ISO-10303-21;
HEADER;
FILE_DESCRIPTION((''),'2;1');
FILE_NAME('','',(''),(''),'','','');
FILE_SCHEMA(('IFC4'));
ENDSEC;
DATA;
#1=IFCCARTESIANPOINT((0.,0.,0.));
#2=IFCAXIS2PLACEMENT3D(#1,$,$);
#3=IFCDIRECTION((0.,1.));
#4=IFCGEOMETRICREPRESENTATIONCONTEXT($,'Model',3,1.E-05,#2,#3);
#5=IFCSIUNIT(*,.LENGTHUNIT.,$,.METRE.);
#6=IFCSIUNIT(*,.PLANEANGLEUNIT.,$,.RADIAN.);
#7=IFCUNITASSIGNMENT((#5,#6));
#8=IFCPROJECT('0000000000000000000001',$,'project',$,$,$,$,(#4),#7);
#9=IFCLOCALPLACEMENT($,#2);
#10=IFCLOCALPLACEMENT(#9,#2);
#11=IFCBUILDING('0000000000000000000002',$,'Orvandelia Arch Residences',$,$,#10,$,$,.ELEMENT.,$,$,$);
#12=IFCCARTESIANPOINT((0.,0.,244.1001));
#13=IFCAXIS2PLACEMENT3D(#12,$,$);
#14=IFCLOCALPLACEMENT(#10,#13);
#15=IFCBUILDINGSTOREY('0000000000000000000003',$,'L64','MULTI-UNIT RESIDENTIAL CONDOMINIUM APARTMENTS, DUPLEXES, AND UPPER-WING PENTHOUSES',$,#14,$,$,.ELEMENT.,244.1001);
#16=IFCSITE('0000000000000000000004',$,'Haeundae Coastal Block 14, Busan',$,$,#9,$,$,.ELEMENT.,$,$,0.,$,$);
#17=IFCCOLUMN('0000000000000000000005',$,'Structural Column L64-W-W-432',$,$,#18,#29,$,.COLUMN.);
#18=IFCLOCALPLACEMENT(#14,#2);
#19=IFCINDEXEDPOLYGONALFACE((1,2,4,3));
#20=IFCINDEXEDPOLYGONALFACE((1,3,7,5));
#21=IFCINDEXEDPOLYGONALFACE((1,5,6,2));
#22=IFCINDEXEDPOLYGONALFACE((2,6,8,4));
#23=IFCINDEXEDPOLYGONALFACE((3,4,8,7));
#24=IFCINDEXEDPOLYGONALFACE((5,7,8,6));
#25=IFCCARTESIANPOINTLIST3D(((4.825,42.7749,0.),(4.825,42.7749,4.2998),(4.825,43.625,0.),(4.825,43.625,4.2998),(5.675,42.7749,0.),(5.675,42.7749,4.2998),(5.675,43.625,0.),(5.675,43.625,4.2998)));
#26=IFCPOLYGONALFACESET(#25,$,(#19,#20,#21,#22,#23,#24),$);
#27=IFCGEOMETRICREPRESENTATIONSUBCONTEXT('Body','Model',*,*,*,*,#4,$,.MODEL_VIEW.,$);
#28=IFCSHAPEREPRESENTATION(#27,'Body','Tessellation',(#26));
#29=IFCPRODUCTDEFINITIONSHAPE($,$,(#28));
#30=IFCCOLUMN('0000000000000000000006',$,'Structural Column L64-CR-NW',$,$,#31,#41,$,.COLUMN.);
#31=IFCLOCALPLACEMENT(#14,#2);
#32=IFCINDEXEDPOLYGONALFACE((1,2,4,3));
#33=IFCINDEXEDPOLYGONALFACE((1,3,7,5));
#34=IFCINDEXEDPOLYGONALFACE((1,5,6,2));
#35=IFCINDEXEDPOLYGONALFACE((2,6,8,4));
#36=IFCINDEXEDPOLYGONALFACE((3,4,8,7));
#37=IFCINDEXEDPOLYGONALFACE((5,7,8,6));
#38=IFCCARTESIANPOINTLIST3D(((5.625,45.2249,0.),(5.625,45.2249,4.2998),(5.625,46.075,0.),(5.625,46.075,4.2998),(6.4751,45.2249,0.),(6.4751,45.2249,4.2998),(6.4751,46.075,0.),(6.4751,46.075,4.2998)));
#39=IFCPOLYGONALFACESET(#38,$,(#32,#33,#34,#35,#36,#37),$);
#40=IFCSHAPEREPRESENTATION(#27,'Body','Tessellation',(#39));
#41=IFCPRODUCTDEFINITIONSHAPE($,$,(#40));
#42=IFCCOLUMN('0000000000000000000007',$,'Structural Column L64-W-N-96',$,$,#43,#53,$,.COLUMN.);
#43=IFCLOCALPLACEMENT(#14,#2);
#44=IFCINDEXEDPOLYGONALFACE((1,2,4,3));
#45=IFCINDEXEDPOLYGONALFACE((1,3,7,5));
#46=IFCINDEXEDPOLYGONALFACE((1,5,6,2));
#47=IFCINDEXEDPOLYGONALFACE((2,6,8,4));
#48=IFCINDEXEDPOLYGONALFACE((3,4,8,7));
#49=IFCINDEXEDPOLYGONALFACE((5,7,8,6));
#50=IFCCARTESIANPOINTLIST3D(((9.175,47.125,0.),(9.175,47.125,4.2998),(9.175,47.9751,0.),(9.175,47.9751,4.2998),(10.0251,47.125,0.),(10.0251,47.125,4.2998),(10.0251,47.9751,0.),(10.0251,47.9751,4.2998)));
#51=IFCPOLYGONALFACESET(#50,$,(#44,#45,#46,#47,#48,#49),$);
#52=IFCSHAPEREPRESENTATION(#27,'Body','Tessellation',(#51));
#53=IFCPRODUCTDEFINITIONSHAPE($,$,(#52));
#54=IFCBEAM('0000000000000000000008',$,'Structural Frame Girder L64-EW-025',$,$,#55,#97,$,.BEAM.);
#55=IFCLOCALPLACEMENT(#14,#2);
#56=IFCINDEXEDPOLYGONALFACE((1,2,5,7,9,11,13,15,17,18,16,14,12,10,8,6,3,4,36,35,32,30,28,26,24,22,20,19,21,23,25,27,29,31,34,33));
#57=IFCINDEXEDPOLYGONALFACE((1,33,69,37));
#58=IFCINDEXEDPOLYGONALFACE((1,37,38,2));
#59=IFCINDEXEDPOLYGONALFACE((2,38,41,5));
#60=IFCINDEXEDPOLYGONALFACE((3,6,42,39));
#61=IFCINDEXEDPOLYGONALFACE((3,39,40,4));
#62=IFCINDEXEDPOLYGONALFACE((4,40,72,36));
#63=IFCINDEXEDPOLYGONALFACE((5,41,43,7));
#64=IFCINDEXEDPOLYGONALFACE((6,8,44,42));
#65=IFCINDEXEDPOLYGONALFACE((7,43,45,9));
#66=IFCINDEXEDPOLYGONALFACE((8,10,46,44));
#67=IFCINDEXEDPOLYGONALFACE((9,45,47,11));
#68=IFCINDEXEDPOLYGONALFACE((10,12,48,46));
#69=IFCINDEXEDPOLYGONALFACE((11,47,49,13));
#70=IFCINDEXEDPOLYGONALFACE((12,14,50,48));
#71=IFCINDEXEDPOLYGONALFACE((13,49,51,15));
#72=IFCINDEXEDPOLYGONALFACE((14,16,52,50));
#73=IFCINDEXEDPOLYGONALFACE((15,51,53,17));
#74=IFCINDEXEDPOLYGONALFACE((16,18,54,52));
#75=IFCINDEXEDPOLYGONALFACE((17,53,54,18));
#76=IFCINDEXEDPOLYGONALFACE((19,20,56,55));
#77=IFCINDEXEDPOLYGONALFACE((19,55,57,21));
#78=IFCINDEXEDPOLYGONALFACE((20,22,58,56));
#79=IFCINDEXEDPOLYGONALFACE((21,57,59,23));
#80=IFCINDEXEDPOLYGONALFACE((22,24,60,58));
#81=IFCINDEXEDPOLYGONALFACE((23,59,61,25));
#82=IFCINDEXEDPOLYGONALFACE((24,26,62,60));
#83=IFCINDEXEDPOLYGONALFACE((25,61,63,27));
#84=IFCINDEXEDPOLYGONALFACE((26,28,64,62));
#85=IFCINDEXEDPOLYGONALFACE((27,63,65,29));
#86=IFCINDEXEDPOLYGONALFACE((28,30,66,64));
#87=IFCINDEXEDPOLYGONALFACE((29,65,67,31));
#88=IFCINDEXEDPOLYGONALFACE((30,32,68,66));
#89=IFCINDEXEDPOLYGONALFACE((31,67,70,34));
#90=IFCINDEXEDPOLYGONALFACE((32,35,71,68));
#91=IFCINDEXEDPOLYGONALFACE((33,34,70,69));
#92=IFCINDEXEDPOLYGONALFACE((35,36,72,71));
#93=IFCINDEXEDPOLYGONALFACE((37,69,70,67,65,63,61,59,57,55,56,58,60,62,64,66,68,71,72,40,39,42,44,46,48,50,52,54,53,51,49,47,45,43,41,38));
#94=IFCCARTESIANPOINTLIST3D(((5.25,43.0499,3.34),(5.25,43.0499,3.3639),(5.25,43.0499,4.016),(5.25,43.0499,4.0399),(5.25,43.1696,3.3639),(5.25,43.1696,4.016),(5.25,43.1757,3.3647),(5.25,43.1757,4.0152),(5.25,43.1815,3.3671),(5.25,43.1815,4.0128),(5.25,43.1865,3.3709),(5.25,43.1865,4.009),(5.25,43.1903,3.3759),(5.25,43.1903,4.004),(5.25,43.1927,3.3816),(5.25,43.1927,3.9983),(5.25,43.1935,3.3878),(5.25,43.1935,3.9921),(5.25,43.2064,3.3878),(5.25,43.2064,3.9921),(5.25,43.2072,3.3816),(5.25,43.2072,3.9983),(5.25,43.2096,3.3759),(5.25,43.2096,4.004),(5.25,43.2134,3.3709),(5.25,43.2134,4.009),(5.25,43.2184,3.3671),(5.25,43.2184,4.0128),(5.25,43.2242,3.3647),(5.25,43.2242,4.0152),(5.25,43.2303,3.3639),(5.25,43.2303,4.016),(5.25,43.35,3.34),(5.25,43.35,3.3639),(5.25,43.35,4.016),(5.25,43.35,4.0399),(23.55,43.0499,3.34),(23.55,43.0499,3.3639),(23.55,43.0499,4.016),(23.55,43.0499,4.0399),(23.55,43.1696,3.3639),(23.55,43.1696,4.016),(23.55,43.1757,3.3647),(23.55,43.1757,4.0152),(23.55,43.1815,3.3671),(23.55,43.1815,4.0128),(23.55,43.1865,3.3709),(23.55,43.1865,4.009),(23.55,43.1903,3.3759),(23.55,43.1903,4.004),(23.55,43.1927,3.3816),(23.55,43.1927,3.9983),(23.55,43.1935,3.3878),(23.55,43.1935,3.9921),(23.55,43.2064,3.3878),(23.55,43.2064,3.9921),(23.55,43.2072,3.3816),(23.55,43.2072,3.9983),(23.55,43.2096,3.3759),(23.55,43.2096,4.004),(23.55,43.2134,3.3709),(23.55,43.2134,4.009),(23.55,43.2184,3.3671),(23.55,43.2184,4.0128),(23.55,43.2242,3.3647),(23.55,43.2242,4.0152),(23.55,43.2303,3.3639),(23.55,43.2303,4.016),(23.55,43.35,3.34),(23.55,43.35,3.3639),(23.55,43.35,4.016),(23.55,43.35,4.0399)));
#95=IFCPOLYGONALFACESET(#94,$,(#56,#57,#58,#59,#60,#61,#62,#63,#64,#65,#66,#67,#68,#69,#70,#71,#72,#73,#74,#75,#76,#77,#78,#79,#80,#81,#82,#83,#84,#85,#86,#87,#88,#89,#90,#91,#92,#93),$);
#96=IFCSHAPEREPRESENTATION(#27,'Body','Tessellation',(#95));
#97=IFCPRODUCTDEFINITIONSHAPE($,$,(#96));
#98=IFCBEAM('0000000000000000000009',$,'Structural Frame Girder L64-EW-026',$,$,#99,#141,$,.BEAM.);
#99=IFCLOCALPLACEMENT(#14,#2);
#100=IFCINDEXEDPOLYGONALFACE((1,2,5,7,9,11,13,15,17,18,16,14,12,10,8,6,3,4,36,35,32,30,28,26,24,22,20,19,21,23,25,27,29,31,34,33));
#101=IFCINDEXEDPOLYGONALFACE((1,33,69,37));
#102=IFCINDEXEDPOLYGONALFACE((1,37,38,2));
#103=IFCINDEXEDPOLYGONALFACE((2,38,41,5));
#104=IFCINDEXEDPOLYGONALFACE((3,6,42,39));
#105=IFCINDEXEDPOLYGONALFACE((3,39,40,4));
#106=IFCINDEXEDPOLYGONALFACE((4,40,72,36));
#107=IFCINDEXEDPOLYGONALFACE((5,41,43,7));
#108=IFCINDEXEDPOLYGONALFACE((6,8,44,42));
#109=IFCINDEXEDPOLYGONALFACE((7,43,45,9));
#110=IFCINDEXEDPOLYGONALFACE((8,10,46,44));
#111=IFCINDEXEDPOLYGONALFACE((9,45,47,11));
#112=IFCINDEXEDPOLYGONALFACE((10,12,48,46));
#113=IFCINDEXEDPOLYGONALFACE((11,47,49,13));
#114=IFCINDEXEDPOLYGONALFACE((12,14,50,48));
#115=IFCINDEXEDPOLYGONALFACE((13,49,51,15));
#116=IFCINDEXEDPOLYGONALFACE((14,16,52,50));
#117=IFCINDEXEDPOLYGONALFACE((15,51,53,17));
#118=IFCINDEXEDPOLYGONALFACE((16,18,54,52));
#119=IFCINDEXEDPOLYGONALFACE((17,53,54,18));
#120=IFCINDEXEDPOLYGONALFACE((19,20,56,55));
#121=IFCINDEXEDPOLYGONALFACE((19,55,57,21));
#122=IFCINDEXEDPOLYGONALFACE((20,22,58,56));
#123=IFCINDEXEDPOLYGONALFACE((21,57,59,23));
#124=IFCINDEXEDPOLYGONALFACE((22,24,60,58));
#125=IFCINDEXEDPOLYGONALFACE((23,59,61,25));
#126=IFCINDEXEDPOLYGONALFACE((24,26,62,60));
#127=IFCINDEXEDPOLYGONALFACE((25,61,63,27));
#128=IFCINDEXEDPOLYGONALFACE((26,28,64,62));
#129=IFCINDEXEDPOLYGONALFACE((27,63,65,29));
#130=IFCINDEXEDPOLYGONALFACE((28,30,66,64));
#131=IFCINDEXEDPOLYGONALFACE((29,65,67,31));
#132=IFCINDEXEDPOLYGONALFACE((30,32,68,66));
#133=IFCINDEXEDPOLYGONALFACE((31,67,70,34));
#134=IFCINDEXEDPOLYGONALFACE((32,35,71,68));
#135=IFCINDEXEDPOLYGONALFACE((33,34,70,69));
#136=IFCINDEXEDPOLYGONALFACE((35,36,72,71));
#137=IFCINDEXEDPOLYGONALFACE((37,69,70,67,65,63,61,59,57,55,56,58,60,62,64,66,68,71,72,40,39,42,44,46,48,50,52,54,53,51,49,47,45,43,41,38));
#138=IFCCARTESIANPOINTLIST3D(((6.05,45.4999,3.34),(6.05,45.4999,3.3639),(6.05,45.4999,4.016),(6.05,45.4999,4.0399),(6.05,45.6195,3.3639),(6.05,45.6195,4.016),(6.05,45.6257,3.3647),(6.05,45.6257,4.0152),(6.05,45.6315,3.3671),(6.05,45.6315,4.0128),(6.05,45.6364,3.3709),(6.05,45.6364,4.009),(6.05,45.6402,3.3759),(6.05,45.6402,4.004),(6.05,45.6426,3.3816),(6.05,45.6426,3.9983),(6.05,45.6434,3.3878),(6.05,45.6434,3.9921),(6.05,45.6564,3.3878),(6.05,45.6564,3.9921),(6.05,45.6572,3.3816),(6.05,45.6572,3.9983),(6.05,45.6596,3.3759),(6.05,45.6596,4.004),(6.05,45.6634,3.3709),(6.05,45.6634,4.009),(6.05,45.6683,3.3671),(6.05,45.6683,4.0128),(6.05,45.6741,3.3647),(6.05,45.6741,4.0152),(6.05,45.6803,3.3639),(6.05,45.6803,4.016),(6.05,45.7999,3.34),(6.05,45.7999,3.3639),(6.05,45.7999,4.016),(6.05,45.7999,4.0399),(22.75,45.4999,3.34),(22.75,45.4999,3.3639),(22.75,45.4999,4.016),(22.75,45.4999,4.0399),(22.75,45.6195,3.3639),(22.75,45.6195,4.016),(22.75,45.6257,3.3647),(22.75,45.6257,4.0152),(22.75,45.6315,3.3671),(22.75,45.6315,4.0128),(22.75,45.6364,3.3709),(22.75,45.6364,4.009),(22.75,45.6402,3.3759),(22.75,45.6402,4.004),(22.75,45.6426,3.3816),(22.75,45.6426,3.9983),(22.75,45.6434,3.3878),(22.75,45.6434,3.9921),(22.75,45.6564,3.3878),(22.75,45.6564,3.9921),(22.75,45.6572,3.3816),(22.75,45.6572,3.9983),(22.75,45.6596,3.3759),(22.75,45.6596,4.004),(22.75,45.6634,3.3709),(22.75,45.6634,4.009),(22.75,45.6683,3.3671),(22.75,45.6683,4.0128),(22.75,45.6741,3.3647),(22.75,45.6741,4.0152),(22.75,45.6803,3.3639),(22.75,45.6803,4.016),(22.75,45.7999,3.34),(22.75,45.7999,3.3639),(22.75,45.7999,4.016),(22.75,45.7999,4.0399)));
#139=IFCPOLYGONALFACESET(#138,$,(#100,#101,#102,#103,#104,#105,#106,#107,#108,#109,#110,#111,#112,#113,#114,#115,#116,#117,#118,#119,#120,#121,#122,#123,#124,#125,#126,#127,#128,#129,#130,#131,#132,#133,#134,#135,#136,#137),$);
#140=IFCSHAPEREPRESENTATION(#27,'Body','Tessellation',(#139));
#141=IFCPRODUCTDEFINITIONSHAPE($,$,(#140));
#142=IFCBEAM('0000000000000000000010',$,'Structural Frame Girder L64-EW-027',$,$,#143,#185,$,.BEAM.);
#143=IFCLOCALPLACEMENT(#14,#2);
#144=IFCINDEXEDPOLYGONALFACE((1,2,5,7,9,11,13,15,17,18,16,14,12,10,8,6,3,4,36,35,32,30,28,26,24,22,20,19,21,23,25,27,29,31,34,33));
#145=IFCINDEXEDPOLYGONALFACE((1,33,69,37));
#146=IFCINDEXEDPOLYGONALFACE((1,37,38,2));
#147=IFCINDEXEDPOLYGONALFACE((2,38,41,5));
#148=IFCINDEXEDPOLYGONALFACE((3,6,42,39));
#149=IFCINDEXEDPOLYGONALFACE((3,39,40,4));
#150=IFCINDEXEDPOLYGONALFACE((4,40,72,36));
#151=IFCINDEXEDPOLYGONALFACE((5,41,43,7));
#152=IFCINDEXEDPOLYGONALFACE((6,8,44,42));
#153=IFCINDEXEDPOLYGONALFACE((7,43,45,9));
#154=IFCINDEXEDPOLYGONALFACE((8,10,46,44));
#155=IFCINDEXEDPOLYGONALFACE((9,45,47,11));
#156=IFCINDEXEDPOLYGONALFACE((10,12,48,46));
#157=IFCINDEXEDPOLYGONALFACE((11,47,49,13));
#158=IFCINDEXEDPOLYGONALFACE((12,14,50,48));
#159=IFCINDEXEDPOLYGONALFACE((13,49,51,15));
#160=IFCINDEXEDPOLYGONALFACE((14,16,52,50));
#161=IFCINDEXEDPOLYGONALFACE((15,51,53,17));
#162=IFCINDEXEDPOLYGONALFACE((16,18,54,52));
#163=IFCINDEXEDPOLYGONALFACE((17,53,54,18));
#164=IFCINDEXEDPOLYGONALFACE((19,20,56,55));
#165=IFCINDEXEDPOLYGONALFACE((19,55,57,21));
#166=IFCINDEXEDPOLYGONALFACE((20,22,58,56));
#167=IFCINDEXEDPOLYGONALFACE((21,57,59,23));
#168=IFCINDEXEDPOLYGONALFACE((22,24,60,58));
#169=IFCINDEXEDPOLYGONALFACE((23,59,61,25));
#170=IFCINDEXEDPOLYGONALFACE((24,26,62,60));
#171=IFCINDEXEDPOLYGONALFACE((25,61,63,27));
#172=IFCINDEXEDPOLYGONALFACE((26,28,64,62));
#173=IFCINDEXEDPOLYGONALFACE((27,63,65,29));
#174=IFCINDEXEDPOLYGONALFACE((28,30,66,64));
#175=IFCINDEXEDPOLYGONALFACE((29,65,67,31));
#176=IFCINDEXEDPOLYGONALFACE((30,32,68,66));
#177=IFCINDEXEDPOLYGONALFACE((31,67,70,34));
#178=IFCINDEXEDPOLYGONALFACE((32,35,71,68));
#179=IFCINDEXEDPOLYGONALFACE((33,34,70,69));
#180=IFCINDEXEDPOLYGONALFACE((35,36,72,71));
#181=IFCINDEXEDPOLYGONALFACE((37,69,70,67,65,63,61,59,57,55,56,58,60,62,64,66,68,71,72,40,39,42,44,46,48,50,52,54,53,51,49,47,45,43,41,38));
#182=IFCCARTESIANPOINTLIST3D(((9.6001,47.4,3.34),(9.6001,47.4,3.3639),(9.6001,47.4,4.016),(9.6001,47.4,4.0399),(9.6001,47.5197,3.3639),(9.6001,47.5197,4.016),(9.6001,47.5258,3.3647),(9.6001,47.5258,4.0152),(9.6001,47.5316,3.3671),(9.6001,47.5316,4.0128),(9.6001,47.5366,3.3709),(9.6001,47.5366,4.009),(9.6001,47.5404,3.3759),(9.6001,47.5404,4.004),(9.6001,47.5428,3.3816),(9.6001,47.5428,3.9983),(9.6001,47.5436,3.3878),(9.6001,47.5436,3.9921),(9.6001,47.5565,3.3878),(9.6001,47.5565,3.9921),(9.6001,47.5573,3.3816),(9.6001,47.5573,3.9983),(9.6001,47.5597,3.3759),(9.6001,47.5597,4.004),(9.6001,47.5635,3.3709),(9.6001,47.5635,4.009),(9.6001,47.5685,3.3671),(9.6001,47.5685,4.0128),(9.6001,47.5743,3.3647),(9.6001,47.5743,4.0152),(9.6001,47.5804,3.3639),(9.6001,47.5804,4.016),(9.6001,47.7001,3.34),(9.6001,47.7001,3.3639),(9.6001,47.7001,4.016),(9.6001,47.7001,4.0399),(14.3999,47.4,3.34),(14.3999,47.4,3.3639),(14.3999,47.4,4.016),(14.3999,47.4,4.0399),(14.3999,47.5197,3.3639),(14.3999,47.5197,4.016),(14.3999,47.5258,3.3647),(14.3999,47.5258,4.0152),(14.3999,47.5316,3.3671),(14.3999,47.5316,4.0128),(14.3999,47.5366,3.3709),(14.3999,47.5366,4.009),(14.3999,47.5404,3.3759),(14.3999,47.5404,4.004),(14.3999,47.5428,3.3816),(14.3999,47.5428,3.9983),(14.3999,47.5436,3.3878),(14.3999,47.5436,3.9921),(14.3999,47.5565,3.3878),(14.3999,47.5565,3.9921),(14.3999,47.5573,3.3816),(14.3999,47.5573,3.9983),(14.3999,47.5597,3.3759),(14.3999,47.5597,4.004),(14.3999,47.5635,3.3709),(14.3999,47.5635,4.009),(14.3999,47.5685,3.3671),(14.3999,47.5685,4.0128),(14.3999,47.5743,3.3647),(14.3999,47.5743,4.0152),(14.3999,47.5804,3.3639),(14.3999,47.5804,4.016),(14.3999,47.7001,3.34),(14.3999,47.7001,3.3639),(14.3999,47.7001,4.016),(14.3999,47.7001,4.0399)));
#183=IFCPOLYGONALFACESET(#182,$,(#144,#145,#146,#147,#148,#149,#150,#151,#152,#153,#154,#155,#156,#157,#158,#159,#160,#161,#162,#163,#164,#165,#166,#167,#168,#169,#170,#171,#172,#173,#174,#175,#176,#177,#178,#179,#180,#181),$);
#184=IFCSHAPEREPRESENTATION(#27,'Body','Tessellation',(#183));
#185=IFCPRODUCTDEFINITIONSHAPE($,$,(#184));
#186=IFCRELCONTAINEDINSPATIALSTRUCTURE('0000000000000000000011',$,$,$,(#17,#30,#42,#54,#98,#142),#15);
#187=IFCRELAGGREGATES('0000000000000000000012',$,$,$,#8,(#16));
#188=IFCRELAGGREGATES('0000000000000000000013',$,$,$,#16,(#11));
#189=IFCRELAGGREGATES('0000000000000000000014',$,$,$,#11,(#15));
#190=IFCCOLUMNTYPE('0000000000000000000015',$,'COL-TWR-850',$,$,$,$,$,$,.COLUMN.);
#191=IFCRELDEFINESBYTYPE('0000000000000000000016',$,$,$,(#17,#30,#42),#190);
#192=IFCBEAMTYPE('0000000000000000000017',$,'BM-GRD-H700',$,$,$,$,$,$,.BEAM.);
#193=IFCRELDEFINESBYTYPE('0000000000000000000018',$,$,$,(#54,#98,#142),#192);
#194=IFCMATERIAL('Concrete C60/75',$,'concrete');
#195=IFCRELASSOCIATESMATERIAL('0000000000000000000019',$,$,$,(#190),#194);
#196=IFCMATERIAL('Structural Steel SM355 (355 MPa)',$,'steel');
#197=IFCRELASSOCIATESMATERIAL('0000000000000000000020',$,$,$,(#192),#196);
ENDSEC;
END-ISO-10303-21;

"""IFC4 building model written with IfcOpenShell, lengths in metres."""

from ifc_helpers import new_model, si_unit, direction, frame, origin, origin_2d, place, context, subcontext, project, spatial, rectangle, i_section, extrude, material, material_profile, profile_set, type_object, element, save


model = new_model("IFC4")

# Units and contexts
model_context = context("Model", 3, precision=1e-05, world=origin(), true_north=direction((0.0, 1.0)))
body_context = subcontext(model_context, "Body", "Model", "MODEL_VIEW")
ifc_project = project(units=[si_unit("LENGTHUNIT", "METRE"), si_unit("PLANEANGLEUNIT", "RADIAN")], contexts=[model_context])

# Site, building, storey
site_placement = place(None, origin())
site = spatial("IfcSite", under=ifc_project, at=site_placement, Name="Haeundae Coastal Block 14, Busan", CompositionType="ELEMENT", RefElevation=0.0)
building_placement = place(site_placement, origin())
building = spatial("IfcBuilding", under=site, at=building_placement, Name="Orvandelia Arch Residences", CompositionType="ELEMENT")
storey_placement = place(building_placement, frame((0.0, 0.0, 244.1001)))
storey = spatial("IfcBuildingStorey", under=building, at=storey_placement, Name="L64", Description="MULTI-UNIT RESIDENTIAL CONDOMINIUM APARTMENTS, DUPLEXES, AND UPPER-WING PENTHOUSES", CompositionType="ELEMENT", Elevation=244.1001)

# Columns
ifc_material_1 = material(Name="Concrete C60/75", Category="concrete")
ifc_material_profile_1 = material_profile(ifc_material_1, rectangle(XDim=0.8501, YDim=0.8501, at=origin_2d()), Name="Concrete C60/75", Category="concrete")
ifc_profile_set_1 = profile_set([ifc_material_profile_1], Name="Concrete C60/75")
column_type = type_object("IfcColumnType", Name="COL-TWR-850", PredefinedType="COLUMN", material=ifc_profile_set_1)
for number, where, z_axis, x_axis, name in (
    (1, (5.25, 43.2, 0.0), (0.0, 0.0, 1.0), (1.0, 0.0, 0.0), "Structural Column L64-W-W-432"),
    (2, (6.05, 45.6499, 0.0), (0.0, 0.0, 1.0), (1.0, 0.0, 0.0), "Structural Column L64-CR-NW"),
    (3, (9.6001, 47.55, 0.0), (0.0, 0.0, 1.0), (1.0, 0.0, 0.0), "Structural Column L64-W-N-96"),
):
    element("IfcColumn", number, at=place(storey_placement, frame(where, z_axis=z_axis, x_axis=x_axis)), inside=storey, type_object=column_type, Name=name, PredefinedType="COLUMN", context=body_context, shape_type="SweptSolid", body=[
        extrude(rectangle(XDim=0.8501, YDim=0.8501, at=origin_2d()), origin(), (0.0, 0.0, 1.0), 4.2998),
    ])

# Beams
ifc_material_2 = material(Name="Structural Steel SM355 (355 MPa)", Category="steel")
ifc_material_profile_2 = material_profile(ifc_material_2, i_section(OverallWidth=0.3, OverallDepth=0.7, WebThickness=0.0129, FlangeThickness=0.0239, FilletRadius=0.0239, at=origin_2d()), Name="Structural Steel SM355 (355 MPa)", Category="steel")
ifc_profile_set_2 = profile_set([ifc_material_profile_2], Name="Structural Steel SM355 (355 MPa)")
beam_type = type_object("IfcBeamType", Name="BM-GRD-H700", PredefinedType="BEAM", material=ifc_profile_set_2)
beam_1_placement = place(storey_placement, frame((5.25, 43.2, 3.6899), z_axis=(1.0, 0.0, 0.0), x_axis=(0.0, 1.0, 0.0)))
element("IfcBeam", 4, at=beam_1_placement, inside=storey, type_object=beam_type, Name="Structural Frame Girder L64-EW-025", PredefinedType="BEAM", context=body_context, shape_type="SweptSolid", body=[
    extrude(i_section(OverallWidth=0.3, OverallDepth=0.7, WebThickness=0.0129, FlangeThickness=0.0239, FilletRadius=0.0239, at=origin_2d()), origin(), (0.0, 0.0, 1.0), 18.3),
])
beam_2_placement = place(storey_placement, frame((6.05, 45.6499, 3.6899), z_axis=(1.0, 0.0, 0.0), x_axis=(0.0, 1.0, 0.0)))
element("IfcBeam", 5, at=beam_2_placement, inside=storey, type_object=beam_type, Name="Structural Frame Girder L64-EW-026", PredefinedType="BEAM", context=body_context, shape_type="SweptSolid", body=[
    extrude(i_section(OverallWidth=0.3, OverallDepth=0.7, WebThickness=0.0129, FlangeThickness=0.0239, FilletRadius=0.0239, at=origin_2d()), origin(), (0.0, 0.0, 1.0), 16.7),
])
beam_3_placement = place(storey_placement, frame((9.6001, 47.55, 3.6899), z_axis=(1.0, 0.0, 0.0), x_axis=(0.0, 1.0, 0.0)))
element("IfcBeam", 6, at=beam_3_placement, inside=storey, type_object=beam_type, Name="Structural Frame Girder L64-EW-027", PredefinedType="BEAM", context=body_context, shape_type="SweptSolid", body=[
    extrude(i_section(OverallWidth=0.3, OverallDepth=0.7, WebThickness=0.0129, FlangeThickness=0.0239, FilletRadius=0.0239, at=origin_2d()), origin(), (0.0, 0.0, 1.0), 4.7998),
])

save(model, "model.ifc")
